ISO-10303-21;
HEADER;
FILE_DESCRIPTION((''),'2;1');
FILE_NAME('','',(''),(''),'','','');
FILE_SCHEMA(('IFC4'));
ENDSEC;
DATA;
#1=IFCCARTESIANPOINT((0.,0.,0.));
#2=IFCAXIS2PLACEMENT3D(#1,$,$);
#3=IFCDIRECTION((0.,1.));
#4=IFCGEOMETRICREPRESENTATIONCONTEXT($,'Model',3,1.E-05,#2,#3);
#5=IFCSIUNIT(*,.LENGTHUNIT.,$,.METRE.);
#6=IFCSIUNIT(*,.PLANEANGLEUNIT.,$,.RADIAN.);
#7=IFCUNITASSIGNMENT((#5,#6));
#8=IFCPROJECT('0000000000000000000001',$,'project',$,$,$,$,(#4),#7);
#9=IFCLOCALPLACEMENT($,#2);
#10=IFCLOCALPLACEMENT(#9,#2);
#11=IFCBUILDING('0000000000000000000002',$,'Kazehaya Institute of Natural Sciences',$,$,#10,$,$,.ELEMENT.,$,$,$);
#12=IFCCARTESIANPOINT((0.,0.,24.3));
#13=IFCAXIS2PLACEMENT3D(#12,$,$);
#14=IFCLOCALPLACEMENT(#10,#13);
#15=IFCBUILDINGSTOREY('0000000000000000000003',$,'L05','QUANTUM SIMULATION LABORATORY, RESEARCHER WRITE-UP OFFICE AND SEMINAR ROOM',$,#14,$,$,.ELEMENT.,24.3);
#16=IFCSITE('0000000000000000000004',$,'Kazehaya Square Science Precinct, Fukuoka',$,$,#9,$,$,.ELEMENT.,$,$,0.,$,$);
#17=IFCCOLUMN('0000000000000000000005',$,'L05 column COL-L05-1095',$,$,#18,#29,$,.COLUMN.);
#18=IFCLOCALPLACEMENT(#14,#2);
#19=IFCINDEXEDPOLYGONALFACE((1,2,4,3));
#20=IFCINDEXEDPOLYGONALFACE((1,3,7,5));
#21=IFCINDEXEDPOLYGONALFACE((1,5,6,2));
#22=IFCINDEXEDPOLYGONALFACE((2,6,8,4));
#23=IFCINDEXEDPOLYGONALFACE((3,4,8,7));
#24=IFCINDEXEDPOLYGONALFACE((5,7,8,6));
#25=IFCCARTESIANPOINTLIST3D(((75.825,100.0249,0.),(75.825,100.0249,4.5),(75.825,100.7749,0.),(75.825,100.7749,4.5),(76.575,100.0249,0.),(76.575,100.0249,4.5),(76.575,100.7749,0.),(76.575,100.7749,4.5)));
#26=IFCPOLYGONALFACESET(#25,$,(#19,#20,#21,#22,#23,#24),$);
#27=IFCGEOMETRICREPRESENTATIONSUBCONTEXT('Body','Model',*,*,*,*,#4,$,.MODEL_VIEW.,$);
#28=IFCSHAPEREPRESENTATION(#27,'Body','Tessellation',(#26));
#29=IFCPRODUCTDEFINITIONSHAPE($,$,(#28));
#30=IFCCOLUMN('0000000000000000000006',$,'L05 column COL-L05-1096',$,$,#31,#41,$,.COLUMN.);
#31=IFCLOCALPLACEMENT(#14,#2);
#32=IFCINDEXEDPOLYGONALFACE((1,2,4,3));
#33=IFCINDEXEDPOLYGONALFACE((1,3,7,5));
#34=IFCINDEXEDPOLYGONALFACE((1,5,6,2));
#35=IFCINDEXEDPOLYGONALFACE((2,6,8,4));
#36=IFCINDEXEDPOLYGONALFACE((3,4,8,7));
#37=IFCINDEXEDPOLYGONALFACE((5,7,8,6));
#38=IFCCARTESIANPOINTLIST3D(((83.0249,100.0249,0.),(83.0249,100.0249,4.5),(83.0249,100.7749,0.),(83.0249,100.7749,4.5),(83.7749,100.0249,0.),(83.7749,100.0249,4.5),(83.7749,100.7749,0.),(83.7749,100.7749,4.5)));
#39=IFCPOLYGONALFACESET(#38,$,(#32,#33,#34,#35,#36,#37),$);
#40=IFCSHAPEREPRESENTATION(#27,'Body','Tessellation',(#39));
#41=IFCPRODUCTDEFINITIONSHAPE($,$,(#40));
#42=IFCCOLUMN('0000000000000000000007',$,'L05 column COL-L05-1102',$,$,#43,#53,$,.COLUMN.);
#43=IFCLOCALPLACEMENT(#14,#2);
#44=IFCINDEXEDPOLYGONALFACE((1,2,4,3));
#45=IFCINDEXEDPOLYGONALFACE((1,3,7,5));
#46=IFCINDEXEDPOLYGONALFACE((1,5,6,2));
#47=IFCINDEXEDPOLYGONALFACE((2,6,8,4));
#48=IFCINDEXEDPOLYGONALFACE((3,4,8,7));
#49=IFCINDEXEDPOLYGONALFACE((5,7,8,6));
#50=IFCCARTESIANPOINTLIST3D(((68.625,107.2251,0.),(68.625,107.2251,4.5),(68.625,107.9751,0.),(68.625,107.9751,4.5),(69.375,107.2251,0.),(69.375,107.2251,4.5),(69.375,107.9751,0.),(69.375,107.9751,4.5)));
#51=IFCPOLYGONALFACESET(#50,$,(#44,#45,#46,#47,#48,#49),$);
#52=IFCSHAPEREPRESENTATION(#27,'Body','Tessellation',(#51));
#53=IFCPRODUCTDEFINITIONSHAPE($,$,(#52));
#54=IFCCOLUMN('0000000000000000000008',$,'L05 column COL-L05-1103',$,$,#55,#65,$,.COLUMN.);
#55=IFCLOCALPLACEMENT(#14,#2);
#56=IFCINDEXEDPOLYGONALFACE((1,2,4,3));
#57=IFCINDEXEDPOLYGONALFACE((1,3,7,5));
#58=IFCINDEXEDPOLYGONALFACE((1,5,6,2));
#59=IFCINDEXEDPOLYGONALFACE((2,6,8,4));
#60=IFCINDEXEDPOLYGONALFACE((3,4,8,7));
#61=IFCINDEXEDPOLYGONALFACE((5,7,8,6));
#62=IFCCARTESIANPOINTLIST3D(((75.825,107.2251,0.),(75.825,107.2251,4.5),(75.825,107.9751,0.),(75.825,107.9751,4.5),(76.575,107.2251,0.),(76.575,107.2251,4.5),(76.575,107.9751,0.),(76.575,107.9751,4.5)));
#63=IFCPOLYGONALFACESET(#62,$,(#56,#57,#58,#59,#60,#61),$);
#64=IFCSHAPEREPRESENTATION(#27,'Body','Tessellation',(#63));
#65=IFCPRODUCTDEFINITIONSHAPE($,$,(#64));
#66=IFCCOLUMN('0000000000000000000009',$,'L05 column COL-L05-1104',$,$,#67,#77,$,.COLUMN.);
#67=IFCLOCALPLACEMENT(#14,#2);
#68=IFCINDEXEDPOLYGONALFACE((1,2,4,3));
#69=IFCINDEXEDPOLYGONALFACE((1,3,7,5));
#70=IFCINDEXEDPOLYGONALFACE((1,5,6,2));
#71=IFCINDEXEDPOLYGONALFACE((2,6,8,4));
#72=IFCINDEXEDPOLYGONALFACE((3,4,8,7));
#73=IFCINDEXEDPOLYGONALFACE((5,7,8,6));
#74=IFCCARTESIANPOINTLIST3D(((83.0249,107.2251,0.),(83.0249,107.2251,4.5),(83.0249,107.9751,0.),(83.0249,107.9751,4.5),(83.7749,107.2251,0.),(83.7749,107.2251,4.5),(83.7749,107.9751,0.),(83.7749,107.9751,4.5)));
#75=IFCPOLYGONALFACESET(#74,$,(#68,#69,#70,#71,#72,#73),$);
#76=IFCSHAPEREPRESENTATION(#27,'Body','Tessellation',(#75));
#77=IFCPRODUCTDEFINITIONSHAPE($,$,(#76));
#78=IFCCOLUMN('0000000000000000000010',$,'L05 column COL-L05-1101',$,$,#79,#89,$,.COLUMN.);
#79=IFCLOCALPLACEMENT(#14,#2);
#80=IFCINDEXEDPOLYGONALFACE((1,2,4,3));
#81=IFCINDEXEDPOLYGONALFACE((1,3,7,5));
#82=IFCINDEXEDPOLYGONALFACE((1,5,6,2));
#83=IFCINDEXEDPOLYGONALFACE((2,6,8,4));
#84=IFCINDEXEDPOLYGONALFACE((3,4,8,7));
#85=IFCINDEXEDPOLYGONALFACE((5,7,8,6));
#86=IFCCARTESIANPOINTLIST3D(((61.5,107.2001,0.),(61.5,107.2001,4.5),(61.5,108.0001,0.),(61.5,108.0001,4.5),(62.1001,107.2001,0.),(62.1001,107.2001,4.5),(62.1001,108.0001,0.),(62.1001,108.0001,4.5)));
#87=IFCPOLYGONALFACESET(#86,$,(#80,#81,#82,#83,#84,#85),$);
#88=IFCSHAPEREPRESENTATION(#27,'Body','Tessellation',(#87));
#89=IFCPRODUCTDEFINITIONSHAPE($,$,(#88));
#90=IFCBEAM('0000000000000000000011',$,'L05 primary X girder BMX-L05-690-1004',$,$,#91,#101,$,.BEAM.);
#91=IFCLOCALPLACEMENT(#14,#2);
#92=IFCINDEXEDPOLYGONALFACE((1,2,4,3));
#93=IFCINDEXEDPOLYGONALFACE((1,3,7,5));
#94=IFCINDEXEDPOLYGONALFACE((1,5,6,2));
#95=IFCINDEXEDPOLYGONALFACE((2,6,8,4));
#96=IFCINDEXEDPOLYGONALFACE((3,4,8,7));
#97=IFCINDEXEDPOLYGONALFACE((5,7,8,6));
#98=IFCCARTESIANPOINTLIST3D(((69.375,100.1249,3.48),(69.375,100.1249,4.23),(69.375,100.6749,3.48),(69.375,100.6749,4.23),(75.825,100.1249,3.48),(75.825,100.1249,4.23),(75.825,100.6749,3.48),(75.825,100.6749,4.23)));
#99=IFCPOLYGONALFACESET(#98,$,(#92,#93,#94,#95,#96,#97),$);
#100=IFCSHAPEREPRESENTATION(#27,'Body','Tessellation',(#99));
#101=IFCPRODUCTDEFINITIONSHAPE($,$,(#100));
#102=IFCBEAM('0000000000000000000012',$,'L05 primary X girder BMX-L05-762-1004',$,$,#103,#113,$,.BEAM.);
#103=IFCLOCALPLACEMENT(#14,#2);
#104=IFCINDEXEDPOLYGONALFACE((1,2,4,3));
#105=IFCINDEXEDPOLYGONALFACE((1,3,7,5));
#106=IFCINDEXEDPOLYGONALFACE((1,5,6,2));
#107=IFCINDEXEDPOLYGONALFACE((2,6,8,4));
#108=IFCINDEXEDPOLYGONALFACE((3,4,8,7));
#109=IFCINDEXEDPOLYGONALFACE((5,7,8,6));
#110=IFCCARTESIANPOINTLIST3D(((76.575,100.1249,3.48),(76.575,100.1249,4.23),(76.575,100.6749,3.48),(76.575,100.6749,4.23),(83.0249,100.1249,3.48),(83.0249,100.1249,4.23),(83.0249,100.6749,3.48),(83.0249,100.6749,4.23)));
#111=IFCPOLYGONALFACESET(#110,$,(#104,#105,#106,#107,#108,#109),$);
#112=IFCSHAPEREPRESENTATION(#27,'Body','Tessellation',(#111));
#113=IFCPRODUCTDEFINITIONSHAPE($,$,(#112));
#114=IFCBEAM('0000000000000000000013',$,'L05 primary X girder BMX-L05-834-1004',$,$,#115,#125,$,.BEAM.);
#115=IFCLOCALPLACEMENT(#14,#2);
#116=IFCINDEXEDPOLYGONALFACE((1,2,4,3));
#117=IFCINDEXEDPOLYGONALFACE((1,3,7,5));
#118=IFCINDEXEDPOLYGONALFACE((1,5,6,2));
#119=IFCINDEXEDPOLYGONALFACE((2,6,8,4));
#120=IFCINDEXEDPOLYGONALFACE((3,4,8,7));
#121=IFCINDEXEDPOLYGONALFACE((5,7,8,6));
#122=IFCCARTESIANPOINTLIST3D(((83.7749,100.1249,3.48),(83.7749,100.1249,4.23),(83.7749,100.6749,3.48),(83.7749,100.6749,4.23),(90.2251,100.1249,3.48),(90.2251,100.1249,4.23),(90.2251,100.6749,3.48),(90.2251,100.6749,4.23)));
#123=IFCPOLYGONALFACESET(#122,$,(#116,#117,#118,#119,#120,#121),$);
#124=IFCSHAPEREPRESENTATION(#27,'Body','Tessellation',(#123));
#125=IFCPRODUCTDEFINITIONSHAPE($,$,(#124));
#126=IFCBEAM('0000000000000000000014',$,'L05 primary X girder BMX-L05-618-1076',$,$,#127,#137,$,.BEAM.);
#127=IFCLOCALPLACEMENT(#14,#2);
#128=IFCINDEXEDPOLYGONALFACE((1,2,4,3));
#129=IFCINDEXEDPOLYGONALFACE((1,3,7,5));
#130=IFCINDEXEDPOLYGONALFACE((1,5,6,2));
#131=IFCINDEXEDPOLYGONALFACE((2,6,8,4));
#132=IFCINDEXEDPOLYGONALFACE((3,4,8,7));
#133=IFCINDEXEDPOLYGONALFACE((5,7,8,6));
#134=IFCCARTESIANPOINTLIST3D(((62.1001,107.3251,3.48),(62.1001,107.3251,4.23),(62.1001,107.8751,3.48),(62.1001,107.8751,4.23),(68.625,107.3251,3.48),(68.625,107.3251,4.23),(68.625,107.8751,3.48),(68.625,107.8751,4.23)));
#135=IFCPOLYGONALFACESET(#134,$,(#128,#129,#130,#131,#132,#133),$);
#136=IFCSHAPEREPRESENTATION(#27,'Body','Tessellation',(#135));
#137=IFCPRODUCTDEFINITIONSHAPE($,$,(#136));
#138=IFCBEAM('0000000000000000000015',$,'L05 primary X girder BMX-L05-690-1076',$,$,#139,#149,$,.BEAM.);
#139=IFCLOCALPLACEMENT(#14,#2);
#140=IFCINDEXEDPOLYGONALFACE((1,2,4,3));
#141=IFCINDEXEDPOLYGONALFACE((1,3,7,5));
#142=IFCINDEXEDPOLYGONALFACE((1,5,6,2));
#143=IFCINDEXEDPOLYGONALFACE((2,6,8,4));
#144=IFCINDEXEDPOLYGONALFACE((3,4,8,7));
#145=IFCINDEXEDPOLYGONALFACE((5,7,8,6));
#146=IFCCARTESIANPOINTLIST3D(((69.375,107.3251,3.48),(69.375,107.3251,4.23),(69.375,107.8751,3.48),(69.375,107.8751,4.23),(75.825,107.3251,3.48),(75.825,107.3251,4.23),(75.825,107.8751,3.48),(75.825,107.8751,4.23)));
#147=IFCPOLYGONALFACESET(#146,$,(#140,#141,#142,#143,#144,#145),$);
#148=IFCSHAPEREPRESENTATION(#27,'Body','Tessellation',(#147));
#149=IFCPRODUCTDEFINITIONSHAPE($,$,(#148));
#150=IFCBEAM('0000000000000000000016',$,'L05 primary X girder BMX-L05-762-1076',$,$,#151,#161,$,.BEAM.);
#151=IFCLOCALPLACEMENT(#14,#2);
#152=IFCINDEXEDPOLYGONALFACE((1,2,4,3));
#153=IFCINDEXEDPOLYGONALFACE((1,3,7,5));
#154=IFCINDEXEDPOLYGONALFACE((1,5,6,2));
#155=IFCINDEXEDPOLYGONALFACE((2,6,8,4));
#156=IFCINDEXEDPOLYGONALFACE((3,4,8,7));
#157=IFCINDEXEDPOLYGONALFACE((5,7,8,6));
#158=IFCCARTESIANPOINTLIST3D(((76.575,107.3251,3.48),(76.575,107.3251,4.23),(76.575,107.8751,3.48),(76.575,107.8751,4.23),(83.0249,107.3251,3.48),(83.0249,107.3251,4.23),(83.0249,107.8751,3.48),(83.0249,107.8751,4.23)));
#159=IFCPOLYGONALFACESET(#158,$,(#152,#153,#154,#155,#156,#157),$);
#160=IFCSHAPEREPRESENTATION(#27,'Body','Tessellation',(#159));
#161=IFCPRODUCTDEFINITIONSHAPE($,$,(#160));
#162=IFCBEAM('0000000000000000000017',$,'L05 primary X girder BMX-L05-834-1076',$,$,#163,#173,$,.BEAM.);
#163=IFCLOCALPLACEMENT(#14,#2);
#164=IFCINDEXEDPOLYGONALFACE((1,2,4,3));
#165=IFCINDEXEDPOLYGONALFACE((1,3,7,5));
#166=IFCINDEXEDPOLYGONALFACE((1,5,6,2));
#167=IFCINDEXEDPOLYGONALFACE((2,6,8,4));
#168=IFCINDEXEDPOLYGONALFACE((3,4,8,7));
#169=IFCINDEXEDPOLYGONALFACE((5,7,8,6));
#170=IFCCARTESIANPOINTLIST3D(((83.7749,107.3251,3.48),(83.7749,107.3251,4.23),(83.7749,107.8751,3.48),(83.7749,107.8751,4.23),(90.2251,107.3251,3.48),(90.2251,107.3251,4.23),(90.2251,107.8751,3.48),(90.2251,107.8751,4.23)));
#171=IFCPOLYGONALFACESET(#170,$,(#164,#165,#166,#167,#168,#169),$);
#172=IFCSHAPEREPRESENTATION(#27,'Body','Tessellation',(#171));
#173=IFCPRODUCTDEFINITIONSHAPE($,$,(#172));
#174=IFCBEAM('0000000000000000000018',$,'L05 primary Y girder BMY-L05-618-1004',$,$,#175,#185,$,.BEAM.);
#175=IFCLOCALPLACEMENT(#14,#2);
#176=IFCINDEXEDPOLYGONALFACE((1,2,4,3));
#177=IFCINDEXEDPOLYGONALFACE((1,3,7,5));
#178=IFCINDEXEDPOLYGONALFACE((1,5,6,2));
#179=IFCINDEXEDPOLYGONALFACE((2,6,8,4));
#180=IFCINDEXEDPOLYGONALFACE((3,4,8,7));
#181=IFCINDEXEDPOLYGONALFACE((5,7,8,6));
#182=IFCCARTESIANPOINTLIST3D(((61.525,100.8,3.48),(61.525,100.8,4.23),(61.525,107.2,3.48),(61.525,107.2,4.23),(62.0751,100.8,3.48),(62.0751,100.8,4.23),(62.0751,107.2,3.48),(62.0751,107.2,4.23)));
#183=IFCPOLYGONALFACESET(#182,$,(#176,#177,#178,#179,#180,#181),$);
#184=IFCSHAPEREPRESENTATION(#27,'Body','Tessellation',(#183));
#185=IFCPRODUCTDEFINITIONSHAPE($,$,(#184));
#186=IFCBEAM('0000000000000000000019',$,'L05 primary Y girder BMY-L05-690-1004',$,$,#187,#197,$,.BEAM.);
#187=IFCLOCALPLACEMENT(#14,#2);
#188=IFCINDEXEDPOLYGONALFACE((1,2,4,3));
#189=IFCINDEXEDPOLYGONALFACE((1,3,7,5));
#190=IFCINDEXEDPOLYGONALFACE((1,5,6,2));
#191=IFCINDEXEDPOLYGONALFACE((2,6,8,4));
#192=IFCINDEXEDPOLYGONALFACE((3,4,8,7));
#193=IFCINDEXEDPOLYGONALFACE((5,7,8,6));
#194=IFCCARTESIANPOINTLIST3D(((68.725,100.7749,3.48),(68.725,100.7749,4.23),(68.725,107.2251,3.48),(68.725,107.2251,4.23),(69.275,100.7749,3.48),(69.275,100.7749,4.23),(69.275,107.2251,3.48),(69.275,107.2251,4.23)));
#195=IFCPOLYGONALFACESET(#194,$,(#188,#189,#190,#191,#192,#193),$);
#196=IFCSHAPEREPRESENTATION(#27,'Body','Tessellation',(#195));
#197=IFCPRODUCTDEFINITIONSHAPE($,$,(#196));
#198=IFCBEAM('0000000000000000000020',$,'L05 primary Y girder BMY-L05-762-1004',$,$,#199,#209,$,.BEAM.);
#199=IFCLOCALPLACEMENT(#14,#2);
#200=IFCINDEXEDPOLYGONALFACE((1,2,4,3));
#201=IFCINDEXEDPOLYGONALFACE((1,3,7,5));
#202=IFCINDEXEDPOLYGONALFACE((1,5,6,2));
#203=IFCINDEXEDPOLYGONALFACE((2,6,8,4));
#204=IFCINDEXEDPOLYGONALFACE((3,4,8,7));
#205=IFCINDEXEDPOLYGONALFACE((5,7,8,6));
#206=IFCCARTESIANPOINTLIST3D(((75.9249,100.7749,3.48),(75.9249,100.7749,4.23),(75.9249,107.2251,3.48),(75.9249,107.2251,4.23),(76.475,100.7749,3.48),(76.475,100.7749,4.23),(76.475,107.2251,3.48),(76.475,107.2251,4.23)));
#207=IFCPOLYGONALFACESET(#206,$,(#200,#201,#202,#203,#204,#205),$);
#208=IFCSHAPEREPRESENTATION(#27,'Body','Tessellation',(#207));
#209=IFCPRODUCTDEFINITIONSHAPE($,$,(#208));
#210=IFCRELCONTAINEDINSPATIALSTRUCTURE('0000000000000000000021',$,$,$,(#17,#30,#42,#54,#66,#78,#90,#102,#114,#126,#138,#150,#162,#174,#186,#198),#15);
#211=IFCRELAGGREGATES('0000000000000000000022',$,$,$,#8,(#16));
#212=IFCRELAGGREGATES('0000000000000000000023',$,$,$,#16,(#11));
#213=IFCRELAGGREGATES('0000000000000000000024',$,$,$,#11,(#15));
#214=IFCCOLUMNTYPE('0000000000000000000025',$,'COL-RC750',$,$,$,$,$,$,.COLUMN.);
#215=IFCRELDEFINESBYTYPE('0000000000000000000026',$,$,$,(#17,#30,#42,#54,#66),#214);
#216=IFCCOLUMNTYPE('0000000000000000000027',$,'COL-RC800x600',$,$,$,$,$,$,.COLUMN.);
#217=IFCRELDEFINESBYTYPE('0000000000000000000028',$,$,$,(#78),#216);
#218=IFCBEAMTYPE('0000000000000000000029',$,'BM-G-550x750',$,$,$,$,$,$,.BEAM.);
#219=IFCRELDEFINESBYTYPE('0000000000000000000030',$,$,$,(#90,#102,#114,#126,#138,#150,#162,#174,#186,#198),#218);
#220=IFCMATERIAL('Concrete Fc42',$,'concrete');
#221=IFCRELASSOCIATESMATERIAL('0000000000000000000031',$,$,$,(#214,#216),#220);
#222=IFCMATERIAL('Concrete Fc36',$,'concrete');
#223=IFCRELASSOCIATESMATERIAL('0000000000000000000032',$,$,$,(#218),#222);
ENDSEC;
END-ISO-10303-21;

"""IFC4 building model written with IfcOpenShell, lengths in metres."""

from ifc_helpers import new_model, si_unit, direction, frame, origin, origin_2d, place, context, subcontext, project, spatial, rectangle, extrude, material, material_profile, profile_set, type_object, element, save


model = new_model("IFC4")

# Units and contexts
model_context = context("Model", 3, precision=1e-05, world=origin(), true_north=direction((0.0, 1.0)))
body_context = subcontext(model_context, "Body", "Model", "MODEL_VIEW")
ifc_project = project(units=[si_unit("LENGTHUNIT", "METRE"), si_unit("PLANEANGLEUNIT", "RADIAN")], contexts=[model_context])

# Site, building, storey
site_placement = place(None, origin())
site = spatial("IfcSite", under=ifc_project, at=site_placement, Name="Kazehaya Square Science Precinct, Fukuoka", CompositionType="ELEMENT", RefElevation=0.0)
building_placement = place(site_placement, origin())
building = spatial("IfcBuilding", under=site, at=building_placement, Name="Kazehaya Institute of Natural Sciences", CompositionType="ELEMENT")
storey_placement = place(building_placement, frame((0.0, 0.0, 24.3)))
storey = spatial("IfcBuildingStorey", under=building, at=storey_placement, Name="L05", Description="QUANTUM SIMULATION LABORATORY, RESEARCHER WRITE-UP OFFICE AND SEMINAR ROOM", CompositionType="ELEMENT", Elevation=24.3)

# Columns
ifc_material_1 = material(Name="Concrete Fc42", Category="concrete")
ifc_material_profile_1 = material_profile(ifc_material_1, rectangle(XDim=0.75, YDim=0.75, at=origin_2d()), Name="RC-750x750")
ifc_profile_set_1 = profile_set([ifc_material_profile_1], Name="Concrete Fc42")
column_type_1 = type_object("IfcColumnType", Name="COL-RC750", PredefinedType="COLUMN", material=ifc_profile_set_1)
for number, where, z_axis, x_axis, name in (
    (1, (76.2, 100.3999, 0.0), (0.0, 0.0, 1.0), (1.0, 0.0, 0.0), "L05 column COL-L05-1095"),
    (2, (83.3999, 100.3999, 0.0), (0.0, 0.0, 1.0), (1.0, 0.0, 0.0), "L05 column COL-L05-1096"),
    (3, (69.0, 107.6001, 0.0), (0.0, 0.0, 1.0), (1.0, 0.0, 0.0), "L05 column COL-L05-1102"),
    (4, (76.2, 107.6001, 0.0), (0.0, 0.0, 1.0), (1.0, 0.0, 0.0), "L05 column COL-L05-1103"),
    (5, (83.3999, 107.6001, 0.0), (0.0, 0.0, 1.0), (1.0, 0.0, 0.0), "L05 column COL-L05-1104"),
):
    element("IfcColumn", number, at=place(storey_placement, frame(where, z_axis=z_axis, x_axis=x_axis)), inside=storey, type_object=column_type_1, Name=name, PredefinedType="COLUMN", context=body_context, shape_type="SweptSolid", body=[
        extrude(rectangle(XDim=0.75, YDim=0.75, at=origin_2d()), origin(), (0.0, 0.0, 1.0), 4.5),
    ])
ifc_material_profile_2 = material_profile(ifc_material_1, rectangle(XDim=0.6001, YDim=0.8, at=origin_2d()), Name="RC-800x600")
ifc_profile_set_2 = profile_set([ifc_material_profile_2], Name="Concrete Fc42")
column_type_2 = type_object("IfcColumnType", Name="COL-RC800x600", PredefinedType="COLUMN", material=ifc_profile_set_2)
column_placement = place(storey_placement, frame((61.8, 107.6001, 0.0), z_axis=(0.0, 0.0, 1.0), x_axis=(1.0, 0.0, 0.0)))
element("IfcColumn", 6, at=column_placement, inside=storey, type_object=column_type_2, Name="L05 column COL-L05-1101", PredefinedType="COLUMN", context=body_context, shape_type="SweptSolid", body=[
    extrude(rectangle(XDim=0.6001, YDim=0.8, at=origin_2d()), origin(), (0.0, 0.0, 1.0), 4.5),
])

# Beams
ifc_material_2 = material(Name="Concrete Fc36", Category="concrete")
ifc_material_profile_3 = material_profile(ifc_material_2, rectangle(XDim=0.55, YDim=0.75, at=origin_2d()), Name="RC-550x750")
ifc_profile_set_3 = profile_set([ifc_material_profile_3], Name="Concrete Fc36")
beam_type = type_object("IfcBeamType", Name="BM-G-550x750", PredefinedType="BEAM", material=ifc_profile_set_3)
for number, where, z_axis, x_axis, name in (
    (7, (69.375, 100.3999, 3.855), (1.0, 0.0, 0.0), (0.0, 1.0, 0.0), "L05 primary X girder BMX-L05-690-1004"),
    (8, (76.575, 100.3999, 3.855), (1.0, 0.0, 0.0), (0.0, 1.0, 0.0), "L05 primary X girder BMX-L05-762-1004"),
):
    element("IfcBeam", number, at=place(storey_placement, frame(where, z_axis=z_axis, x_axis=x_axis)), inside=storey, type_object=beam_type, Name=name, PredefinedType="BEAM", context=body_context, shape_type="SweptSolid", body=[
        extrude(rectangle(XDim=0.55, YDim=0.75, at=origin_2d()), origin(), (0.0, 0.0, 1.0), 6.45),
    ])
beam_1_placement = place(storey_placement, frame((83.7749, 100.3999, 3.855), z_axis=(1.0, 0.0, 0.0), x_axis=(0.0, 1.0, 0.0)))
element("IfcBeam", 9, at=beam_1_placement, inside=storey, type_object=beam_type, Name="L05 primary X girder BMX-L05-834-1004", PredefinedType="BEAM", context=body_context, shape_type="SweptSolid", body=[
    extrude(rectangle(XDim=0.55, YDim=0.75, at=origin_2d()), origin(), (0.0, 0.0, 1.0), 6.4502),
])
beam_2_placement = place(storey_placement, frame((62.1001, 107.6001, 3.855), z_axis=(1.0, 0.0, 0.0), x_axis=(0.0, 1.0, 0.0)))
element("IfcBeam", 10, at=beam_2_placement, inside=storey, type_object=beam_type, Name="L05 primary X girder BMX-L05-618-1076", PredefinedType="BEAM", context=body_context, shape_type="SweptSolid", body=[
    extrude(rectangle(XDim=0.55, YDim=0.75, at=origin_2d()), origin(), (0.0, 0.0, 1.0), 6.5249),
])
for number, where, z_axis, x_axis, name in (
    (11, (69.375, 107.6001, 3.855), (1.0, 0.0, 0.0), (0.0, 1.0, 0.0), "L05 primary X girder BMX-L05-690-1076"),
    (12, (76.575, 107.6001, 3.855), (1.0, 0.0, 0.0), (0.0, 1.0, 0.0), "L05 primary X girder BMX-L05-762-1076"),
):
    element("IfcBeam", number, at=place(storey_placement, frame(where, z_axis=z_axis, x_axis=x_axis)), inside=storey, type_object=beam_type, Name=name, PredefinedType="BEAM", context=body_context, shape_type="SweptSolid", body=[
        extrude(rectangle(XDim=0.55, YDim=0.75, at=origin_2d()), origin(), (0.0, 0.0, 1.0), 6.45),
    ])
beam_3_placement = place(storey_placement, frame((83.7749, 107.6001, 3.855), z_axis=(1.0, 0.0, 0.0), x_axis=(0.0, 1.0, 0.0)))
element("IfcBeam", 13, at=beam_3_placement, inside=storey, type_object=beam_type, Name="L05 primary X girder BMX-L05-834-1076", PredefinedType="BEAM", context=body_context, shape_type="SweptSolid", body=[
    extrude(rectangle(XDim=0.55, YDim=0.75, at=origin_2d()), origin(), (0.0, 0.0, 1.0), 6.4502),
])
beam_4_placement = place(storey_placement, frame((61.8, 100.8, 3.855), z_axis=(0.0, 1.0, 0.0), x_axis=(-1.0, 0.0, 0.0)))
element("IfcBeam", 14, at=beam_4_placement, inside=storey, type_object=beam_type, Name="L05 primary Y girder BMY-L05-618-1004", PredefinedType="BEAM", context=body_context, shape_type="SweptSolid", body=[
    extrude(rectangle(XDim=0.55, YDim=0.75, at=origin_2d()), origin(), (0.0, 0.0, 1.0), 6.3999),
])
for number, where, z_axis, x_axis, name in (
    (15, (69.0, 100.7749, 3.855), (0.0, 1.0, 0.0), (-1.0, 0.0, 0.0), "L05 primary Y girder BMY-L05-690-1004"),
    (16, (76.2, 100.7749, 3.855), (0.0, 1.0, 0.0), (-1.0, 0.0, 0.0), "L05 primary Y girder BMY-L05-762-1004"),
):
    element("IfcBeam", number, at=place(storey_placement, frame(where, z_axis=z_axis, x_axis=x_axis)), inside=storey, type_object=beam_type, Name=name, PredefinedType="BEAM", context=body_context, shape_type="SweptSolid", body=[
        extrude(rectangle(XDim=0.55, YDim=0.75, at=origin_2d()), origin(), (0.0, 0.0, 1.0), 6.4502),
    ])

save(model, "model.ifc")
